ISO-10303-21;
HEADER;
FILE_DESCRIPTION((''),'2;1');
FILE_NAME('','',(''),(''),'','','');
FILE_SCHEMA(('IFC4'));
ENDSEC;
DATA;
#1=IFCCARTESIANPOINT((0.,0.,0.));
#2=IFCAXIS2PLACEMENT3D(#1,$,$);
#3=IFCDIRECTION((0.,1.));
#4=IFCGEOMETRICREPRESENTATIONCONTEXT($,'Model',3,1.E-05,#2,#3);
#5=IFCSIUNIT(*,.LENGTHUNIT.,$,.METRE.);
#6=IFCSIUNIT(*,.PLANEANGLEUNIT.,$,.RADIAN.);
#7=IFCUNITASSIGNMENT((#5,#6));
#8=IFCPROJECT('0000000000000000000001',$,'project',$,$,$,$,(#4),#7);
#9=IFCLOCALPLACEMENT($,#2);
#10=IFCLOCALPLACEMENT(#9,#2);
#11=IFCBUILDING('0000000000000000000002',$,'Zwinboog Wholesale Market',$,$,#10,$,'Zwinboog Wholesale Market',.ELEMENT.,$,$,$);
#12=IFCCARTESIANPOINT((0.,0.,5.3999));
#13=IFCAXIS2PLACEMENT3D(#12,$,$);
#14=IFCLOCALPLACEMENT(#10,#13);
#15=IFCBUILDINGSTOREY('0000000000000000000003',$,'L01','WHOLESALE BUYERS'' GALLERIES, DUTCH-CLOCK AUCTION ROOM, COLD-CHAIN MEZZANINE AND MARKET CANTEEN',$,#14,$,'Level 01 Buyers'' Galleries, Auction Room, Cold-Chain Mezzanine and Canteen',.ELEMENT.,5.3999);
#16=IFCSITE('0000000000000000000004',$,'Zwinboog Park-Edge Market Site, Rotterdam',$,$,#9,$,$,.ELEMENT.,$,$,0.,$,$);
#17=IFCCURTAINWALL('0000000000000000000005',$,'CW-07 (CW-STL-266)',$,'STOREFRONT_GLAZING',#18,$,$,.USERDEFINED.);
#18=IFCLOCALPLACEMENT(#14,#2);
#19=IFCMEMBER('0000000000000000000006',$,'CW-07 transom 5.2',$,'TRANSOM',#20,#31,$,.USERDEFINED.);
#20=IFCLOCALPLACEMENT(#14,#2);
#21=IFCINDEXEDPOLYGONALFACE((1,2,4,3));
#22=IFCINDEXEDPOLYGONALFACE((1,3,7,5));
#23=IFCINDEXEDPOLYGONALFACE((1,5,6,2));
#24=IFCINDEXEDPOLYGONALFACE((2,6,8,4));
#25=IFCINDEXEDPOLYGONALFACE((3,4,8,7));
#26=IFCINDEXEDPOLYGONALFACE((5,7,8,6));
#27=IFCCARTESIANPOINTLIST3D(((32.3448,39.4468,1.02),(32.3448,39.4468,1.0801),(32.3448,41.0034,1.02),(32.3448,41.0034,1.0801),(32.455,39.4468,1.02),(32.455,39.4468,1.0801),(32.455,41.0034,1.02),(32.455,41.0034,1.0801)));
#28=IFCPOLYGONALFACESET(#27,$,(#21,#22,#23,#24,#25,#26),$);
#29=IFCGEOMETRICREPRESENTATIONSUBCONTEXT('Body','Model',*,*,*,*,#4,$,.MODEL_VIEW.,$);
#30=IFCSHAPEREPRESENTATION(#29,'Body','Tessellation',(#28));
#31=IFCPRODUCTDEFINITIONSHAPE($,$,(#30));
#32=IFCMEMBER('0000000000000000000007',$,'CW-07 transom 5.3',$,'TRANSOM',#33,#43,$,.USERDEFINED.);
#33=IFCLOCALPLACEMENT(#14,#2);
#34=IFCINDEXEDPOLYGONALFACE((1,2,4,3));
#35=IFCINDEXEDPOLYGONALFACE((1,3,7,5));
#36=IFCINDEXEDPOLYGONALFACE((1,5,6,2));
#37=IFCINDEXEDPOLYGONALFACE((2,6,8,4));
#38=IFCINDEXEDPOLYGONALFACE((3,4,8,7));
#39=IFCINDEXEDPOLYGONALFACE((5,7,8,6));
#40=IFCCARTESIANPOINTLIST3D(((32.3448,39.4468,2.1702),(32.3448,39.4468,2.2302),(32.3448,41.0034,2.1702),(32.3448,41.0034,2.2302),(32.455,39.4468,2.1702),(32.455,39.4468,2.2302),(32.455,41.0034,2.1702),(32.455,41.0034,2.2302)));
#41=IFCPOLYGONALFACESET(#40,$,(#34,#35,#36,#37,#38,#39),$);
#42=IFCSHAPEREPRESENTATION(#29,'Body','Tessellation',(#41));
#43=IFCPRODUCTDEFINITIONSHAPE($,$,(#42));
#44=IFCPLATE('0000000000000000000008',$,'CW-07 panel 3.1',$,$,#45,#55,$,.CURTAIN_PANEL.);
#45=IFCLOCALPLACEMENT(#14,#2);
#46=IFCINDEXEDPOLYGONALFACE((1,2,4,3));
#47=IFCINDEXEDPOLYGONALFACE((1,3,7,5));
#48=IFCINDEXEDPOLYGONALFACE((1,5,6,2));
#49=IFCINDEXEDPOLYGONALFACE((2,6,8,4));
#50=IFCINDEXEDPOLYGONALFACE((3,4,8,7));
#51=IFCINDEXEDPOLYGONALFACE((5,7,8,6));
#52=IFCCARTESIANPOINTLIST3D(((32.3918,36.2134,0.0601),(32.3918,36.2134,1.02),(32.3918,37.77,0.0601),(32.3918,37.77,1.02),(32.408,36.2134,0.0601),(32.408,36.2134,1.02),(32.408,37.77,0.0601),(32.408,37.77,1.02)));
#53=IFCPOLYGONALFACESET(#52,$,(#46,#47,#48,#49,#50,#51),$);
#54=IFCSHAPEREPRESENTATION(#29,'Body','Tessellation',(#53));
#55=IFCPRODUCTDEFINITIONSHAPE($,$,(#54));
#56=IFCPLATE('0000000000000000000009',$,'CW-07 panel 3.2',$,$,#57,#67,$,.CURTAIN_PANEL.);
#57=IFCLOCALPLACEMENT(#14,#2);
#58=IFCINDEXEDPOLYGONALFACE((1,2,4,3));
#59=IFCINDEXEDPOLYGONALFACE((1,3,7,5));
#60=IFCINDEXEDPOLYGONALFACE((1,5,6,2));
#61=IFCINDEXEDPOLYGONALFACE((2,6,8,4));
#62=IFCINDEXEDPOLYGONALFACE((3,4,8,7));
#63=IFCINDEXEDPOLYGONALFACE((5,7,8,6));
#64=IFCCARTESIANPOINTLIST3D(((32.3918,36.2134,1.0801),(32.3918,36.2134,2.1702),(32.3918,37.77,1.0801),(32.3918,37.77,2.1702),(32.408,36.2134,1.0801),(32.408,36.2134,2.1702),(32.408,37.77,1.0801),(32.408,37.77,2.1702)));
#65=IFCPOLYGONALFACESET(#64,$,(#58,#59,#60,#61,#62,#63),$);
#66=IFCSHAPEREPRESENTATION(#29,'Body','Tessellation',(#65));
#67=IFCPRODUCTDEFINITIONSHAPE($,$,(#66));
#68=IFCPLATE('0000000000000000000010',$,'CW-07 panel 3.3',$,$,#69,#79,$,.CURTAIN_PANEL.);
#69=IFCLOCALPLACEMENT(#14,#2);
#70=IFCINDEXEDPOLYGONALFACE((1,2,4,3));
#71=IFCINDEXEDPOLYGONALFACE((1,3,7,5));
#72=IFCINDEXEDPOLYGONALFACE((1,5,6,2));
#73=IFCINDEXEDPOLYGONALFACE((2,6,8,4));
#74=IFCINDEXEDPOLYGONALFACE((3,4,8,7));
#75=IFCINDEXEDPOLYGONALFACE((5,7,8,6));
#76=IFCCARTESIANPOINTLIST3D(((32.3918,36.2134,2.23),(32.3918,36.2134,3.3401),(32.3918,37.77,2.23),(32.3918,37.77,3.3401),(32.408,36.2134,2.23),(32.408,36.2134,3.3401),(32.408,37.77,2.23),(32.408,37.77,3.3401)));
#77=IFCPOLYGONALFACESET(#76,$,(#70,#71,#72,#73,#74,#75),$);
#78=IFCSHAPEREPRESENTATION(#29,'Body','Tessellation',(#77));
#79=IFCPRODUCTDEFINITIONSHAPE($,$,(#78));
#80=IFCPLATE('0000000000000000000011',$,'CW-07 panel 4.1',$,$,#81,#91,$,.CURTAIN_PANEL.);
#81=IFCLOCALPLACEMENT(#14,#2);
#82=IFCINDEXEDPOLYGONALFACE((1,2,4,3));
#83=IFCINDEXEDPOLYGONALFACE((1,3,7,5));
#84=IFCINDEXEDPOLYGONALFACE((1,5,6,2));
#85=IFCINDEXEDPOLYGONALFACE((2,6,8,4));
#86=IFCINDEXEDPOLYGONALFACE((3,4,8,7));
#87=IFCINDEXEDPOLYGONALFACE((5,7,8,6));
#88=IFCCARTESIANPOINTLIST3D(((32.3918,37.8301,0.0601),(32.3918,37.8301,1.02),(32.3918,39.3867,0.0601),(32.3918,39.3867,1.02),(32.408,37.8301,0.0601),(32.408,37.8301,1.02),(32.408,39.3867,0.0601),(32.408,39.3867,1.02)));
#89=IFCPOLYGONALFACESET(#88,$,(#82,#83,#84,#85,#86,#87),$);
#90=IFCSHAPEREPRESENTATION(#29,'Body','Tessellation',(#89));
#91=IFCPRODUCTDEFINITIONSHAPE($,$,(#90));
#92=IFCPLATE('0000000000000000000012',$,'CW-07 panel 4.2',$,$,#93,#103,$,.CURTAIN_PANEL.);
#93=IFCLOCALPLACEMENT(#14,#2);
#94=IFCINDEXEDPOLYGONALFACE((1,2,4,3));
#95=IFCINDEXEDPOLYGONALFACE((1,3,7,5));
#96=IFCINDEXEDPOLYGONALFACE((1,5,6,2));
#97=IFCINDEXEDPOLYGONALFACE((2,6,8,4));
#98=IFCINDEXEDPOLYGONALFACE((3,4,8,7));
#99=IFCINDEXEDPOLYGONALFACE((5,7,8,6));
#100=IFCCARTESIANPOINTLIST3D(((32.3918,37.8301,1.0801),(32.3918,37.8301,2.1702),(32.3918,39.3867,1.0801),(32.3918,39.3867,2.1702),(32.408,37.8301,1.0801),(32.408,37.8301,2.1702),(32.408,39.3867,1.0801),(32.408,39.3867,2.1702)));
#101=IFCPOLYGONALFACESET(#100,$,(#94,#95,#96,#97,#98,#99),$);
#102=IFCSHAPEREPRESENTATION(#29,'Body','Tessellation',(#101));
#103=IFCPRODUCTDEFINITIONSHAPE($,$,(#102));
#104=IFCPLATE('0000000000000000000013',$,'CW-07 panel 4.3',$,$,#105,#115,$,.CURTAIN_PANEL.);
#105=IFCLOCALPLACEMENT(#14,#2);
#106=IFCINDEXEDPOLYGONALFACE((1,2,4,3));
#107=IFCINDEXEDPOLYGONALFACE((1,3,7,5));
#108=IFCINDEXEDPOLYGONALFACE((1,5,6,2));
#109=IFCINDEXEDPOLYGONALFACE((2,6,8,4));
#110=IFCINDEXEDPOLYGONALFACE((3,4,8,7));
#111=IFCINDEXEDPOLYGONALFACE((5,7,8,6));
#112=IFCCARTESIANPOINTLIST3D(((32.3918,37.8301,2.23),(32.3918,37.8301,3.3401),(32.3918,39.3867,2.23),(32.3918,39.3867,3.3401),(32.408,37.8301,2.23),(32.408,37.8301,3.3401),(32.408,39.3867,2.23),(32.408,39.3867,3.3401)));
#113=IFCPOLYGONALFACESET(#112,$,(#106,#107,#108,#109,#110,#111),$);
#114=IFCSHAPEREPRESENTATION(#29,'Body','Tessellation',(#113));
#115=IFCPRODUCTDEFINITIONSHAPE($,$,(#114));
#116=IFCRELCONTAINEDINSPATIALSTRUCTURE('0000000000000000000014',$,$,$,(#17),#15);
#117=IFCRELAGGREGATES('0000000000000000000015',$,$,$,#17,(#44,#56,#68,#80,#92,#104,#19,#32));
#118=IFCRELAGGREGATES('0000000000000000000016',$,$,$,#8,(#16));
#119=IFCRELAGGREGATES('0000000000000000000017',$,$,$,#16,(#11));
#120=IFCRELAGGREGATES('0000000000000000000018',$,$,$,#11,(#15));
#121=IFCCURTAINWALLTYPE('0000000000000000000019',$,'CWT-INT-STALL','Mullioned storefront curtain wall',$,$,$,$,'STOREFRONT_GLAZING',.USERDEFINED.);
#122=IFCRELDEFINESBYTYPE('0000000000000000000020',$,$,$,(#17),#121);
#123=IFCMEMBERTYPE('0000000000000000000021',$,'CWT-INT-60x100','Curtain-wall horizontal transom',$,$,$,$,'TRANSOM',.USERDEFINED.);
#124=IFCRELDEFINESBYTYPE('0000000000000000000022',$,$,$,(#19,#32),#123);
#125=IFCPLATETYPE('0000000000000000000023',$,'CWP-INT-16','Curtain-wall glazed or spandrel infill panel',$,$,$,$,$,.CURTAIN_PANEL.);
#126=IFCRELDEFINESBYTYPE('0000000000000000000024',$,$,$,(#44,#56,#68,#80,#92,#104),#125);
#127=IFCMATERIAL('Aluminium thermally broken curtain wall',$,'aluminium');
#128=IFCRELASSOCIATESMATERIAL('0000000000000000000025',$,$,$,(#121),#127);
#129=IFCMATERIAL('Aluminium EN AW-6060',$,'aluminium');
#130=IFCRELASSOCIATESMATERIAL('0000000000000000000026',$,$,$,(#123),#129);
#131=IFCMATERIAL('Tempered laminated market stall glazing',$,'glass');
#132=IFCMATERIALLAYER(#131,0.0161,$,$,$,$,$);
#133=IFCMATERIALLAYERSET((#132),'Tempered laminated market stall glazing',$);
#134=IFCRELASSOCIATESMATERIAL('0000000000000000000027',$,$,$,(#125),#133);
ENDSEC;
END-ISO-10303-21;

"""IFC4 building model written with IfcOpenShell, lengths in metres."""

from ifc_helpers import new_model, si_unit, direction, frame, origin, origin_2d, place, context, subcontext, project, spatial, rectangle, extrude, material, layer, layer_set, material_profile, profile_set, type_object, element, aggregate, save


model = new_model("IFC4")

# Units and contexts
model_context = context("Model", 3, precision=1e-05, world=origin(), true_north=direction((0.0, 1.0)))
body_context = subcontext(model_context, "Body", "Model", "MODEL_VIEW")
ifc_project = project(units=[si_unit("LENGTHUNIT", "METRE"), si_unit("PLANEANGLEUNIT", "RADIAN")], contexts=[model_context])

# Site, building, storey
site_placement = place(None, origin())
site = spatial("IfcSite", under=ifc_project, at=site_placement, Name="Zwinboog Park-Edge Market Site, Rotterdam", CompositionType="ELEMENT", RefElevation=0.0)
building_placement = place(site_placement, origin())
building = spatial("IfcBuilding", under=site, at=building_placement, Name="Zwinboog Wholesale Market", LongName="Zwinboog Wholesale Market", CompositionType="ELEMENT")
storey_placement = place(building_placement, frame((0.0, 0.0, 5.3999)))
storey = spatial("IfcBuildingStorey", under=building, at=storey_placement, Name="L01", Description="WHOLESALE BUYERS' GALLERIES, DUTCH-CLOCK AUCTION ROOM, COLD-CHAIN MEZZANINE AND MARKET CANTEEN", LongName="Level 01 Buyers' Galleries, Auction Room, Cold-Chain Mezzanine and Canteen", CompositionType="ELEMENT", Elevation=5.3999)

# Curtain wall, members, plates
ifc_material_1 = material(Name="Aluminium thermally broken curtain wall", Category="aluminium")
curtain_wall_type = type_object("IfcCurtainWallType", Name="CWT-INT-STALL", Description="Mullioned storefront curtain wall", ElementType="STOREFRONT_GLAZING", PredefinedType="USERDEFINED", material=ifc_material_1)
curtain_wall_placement = place(storey_placement, origin())
curtain_wall = element("IfcCurtainWall", 1, at=curtain_wall_placement, inside=storey, type_object=curtain_wall_type, Name="CW-07 (CW-STL-266)", ObjectType="STOREFRONT_GLAZING", PredefinedType="USERDEFINED")
ifc_material_2 = material(Name="Aluminium EN AW-6060", Category="aluminium")
ifc_material_profile_1 = material_profile(ifc_material_2, rectangle(XDim=0.1101, YDim=0.0601, at=origin_2d()), Name="AL 60x110")
ifc_profile_set_1 = profile_set([ifc_material_profile_1], Name="Aluminium EN AW-6060")
member_type_1 = type_object("IfcMemberType", Name="CWT-INT-60x100", Description="Curtain-wall horizontal transom", ElementType="TRANSOM", PredefinedType="USERDEFINED", material=ifc_profile_set_1)
member_1_placement = place(storey_placement, frame((32.3999, 39.4468, 1.05), z_axis=(0.0, 1.0, 0.0), x_axis=(-1.0, 0.0, 0.0)))
member_1 = element("IfcMember", 2, at=member_1_placement, type_object=member_type_1, Name="CW-07 transom 5.2", ObjectType="TRANSOM", PredefinedType="USERDEFINED", context=body_context, shape_type="SweptSolid", body=[
    extrude(rectangle(XDim=0.1101, YDim=0.0601, at=origin_2d()), origin(), (0.0, 0.0, 1.0), 1.5566),
])
member_2_placement = place(storey_placement, frame((32.3999, 39.4468, 2.2002), z_axis=(0.0, 1.0, 0.0), x_axis=(-1.0, 0.0, 0.0)))
member_2 = element("IfcMember", 3, at=member_2_placement, type_object=member_type_1, Name="CW-07 transom 5.3", ObjectType="TRANSOM", PredefinedType="USERDEFINED", context=body_context, shape_type="SweptSolid", body=[
    extrude(rectangle(XDim=0.1101, YDim=0.0601, at=origin_2d()), origin(), (0.0, 0.0, 1.0), 1.5566),
])
ifc_material_3 = material(Name="Tempered laminated market stall glazing", Category="glass")
ifc_layer = layer(ifc_material_3, 0.0161)
ifc_layer_set = layer_set([ifc_layer], Name="Tempered laminated market stall glazing")
plate_type = type_object("IfcPlateType", Name="CWP-INT-16", Description="Curtain-wall glazed or spandrel infill panel", PredefinedType="CURTAIN_PANEL", material=ifc_layer_set)
plate_1_placement = place(storey_placement, frame((32.3999, 36.9917, 0.0601), z_axis=(0.0, 0.0, 1.0), x_axis=(0.0, 1.0, 0.0)))
plate_1 = element("IfcPlate", 4, at=plate_1_placement, type_object=plate_type, Name="CW-07 panel 3.1", PredefinedType="CURTAIN_PANEL", context=body_context, shape_type="SweptSolid", body=[
    extrude(rectangle(XDim=1.5566, YDim=0.0161, at=origin_2d()), origin(), (0.0, 0.0, 1.0), 0.96),
])
plate_2_placement = place(storey_placement, frame((32.3999, 36.9917, 1.0801), z_axis=(0.0, 0.0, 1.0), x_axis=(0.0, 1.0, 0.0)))
plate_2 = element("IfcPlate", 5, at=plate_2_placement, type_object=plate_type, Name="CW-07 panel 3.2", PredefinedType="CURTAIN_PANEL", context=body_context, shape_type="SweptSolid", body=[
    extrude(rectangle(XDim=1.5566, YDim=0.0161, at=origin_2d()), origin(), (0.0, 0.0, 1.0), 1.0901),
])
plate_3_placement = place(storey_placement, frame((32.3999, 36.9917, 2.23), z_axis=(0.0, 0.0, 1.0), x_axis=(0.0, 1.0, 0.0)))
plate_3 = element("IfcPlate", 6, at=plate_3_placement, type_object=plate_type, Name="CW-07 panel 3.3", PredefinedType="CURTAIN_PANEL", context=body_context, shape_type="SweptSolid", body=[
    extrude(rectangle(XDim=1.5566, YDim=0.0161, at=origin_2d()), origin(), (0.0, 0.0, 1.0), 1.1101),
])
plate_4_placement = place(storey_placement, frame((32.3999, 38.6084, 0.0601), z_axis=(0.0, 0.0, 1.0), x_axis=(0.0, 1.0, 0.0)))
plate_4 = element("IfcPlate", 7, at=plate_4_placement, type_object=plate_type, Name="CW-07 panel 4.1", PredefinedType="CURTAIN_PANEL", context=body_context, shape_type="SweptSolid", body=[
    extrude(rectangle(XDim=1.5566, YDim=0.0161, at=origin_2d()), origin(), (0.0, 0.0, 1.0), 0.96),
])
plate_5_placement = place(storey_placement, frame((32.3999, 38.6084, 1.0801), z_axis=(0.0, 0.0, 1.0), x_axis=(0.0, 1.0, 0.0)))
plate_5 = element("IfcPlate", 8, at=plate_5_placement, type_object=plate_type, Name="CW-07 panel 4.2", PredefinedType="CURTAIN_PANEL", context=body_context, shape_type="SweptSolid", body=[
    extrude(rectangle(XDim=1.5566, YDim=0.0161, at=origin_2d()), origin(), (0.0, 0.0, 1.0), 1.0901),
])
plate_6_placement = place(storey_placement, frame((32.3999, 38.6084, 2.23), z_axis=(0.0, 0.0, 1.0), x_axis=(0.0, 1.0, 0.0)))
plate_6 = element("IfcPlate", 9, at=plate_6_placement, type_object=plate_type, Name="CW-07 panel 4.3", PredefinedType="CURTAIN_PANEL", context=body_context, shape_type="SweptSolid", body=[
    extrude(rectangle(XDim=1.5566, YDim=0.0161, at=origin_2d()), origin(), (0.0, 0.0, 1.0), 1.1101),
])
aggregate(curtain_wall, [plate_1, plate_2, plate_3, plate_4, plate_5, plate_6, member_1, member_2])

save(model, "model.ifc")
